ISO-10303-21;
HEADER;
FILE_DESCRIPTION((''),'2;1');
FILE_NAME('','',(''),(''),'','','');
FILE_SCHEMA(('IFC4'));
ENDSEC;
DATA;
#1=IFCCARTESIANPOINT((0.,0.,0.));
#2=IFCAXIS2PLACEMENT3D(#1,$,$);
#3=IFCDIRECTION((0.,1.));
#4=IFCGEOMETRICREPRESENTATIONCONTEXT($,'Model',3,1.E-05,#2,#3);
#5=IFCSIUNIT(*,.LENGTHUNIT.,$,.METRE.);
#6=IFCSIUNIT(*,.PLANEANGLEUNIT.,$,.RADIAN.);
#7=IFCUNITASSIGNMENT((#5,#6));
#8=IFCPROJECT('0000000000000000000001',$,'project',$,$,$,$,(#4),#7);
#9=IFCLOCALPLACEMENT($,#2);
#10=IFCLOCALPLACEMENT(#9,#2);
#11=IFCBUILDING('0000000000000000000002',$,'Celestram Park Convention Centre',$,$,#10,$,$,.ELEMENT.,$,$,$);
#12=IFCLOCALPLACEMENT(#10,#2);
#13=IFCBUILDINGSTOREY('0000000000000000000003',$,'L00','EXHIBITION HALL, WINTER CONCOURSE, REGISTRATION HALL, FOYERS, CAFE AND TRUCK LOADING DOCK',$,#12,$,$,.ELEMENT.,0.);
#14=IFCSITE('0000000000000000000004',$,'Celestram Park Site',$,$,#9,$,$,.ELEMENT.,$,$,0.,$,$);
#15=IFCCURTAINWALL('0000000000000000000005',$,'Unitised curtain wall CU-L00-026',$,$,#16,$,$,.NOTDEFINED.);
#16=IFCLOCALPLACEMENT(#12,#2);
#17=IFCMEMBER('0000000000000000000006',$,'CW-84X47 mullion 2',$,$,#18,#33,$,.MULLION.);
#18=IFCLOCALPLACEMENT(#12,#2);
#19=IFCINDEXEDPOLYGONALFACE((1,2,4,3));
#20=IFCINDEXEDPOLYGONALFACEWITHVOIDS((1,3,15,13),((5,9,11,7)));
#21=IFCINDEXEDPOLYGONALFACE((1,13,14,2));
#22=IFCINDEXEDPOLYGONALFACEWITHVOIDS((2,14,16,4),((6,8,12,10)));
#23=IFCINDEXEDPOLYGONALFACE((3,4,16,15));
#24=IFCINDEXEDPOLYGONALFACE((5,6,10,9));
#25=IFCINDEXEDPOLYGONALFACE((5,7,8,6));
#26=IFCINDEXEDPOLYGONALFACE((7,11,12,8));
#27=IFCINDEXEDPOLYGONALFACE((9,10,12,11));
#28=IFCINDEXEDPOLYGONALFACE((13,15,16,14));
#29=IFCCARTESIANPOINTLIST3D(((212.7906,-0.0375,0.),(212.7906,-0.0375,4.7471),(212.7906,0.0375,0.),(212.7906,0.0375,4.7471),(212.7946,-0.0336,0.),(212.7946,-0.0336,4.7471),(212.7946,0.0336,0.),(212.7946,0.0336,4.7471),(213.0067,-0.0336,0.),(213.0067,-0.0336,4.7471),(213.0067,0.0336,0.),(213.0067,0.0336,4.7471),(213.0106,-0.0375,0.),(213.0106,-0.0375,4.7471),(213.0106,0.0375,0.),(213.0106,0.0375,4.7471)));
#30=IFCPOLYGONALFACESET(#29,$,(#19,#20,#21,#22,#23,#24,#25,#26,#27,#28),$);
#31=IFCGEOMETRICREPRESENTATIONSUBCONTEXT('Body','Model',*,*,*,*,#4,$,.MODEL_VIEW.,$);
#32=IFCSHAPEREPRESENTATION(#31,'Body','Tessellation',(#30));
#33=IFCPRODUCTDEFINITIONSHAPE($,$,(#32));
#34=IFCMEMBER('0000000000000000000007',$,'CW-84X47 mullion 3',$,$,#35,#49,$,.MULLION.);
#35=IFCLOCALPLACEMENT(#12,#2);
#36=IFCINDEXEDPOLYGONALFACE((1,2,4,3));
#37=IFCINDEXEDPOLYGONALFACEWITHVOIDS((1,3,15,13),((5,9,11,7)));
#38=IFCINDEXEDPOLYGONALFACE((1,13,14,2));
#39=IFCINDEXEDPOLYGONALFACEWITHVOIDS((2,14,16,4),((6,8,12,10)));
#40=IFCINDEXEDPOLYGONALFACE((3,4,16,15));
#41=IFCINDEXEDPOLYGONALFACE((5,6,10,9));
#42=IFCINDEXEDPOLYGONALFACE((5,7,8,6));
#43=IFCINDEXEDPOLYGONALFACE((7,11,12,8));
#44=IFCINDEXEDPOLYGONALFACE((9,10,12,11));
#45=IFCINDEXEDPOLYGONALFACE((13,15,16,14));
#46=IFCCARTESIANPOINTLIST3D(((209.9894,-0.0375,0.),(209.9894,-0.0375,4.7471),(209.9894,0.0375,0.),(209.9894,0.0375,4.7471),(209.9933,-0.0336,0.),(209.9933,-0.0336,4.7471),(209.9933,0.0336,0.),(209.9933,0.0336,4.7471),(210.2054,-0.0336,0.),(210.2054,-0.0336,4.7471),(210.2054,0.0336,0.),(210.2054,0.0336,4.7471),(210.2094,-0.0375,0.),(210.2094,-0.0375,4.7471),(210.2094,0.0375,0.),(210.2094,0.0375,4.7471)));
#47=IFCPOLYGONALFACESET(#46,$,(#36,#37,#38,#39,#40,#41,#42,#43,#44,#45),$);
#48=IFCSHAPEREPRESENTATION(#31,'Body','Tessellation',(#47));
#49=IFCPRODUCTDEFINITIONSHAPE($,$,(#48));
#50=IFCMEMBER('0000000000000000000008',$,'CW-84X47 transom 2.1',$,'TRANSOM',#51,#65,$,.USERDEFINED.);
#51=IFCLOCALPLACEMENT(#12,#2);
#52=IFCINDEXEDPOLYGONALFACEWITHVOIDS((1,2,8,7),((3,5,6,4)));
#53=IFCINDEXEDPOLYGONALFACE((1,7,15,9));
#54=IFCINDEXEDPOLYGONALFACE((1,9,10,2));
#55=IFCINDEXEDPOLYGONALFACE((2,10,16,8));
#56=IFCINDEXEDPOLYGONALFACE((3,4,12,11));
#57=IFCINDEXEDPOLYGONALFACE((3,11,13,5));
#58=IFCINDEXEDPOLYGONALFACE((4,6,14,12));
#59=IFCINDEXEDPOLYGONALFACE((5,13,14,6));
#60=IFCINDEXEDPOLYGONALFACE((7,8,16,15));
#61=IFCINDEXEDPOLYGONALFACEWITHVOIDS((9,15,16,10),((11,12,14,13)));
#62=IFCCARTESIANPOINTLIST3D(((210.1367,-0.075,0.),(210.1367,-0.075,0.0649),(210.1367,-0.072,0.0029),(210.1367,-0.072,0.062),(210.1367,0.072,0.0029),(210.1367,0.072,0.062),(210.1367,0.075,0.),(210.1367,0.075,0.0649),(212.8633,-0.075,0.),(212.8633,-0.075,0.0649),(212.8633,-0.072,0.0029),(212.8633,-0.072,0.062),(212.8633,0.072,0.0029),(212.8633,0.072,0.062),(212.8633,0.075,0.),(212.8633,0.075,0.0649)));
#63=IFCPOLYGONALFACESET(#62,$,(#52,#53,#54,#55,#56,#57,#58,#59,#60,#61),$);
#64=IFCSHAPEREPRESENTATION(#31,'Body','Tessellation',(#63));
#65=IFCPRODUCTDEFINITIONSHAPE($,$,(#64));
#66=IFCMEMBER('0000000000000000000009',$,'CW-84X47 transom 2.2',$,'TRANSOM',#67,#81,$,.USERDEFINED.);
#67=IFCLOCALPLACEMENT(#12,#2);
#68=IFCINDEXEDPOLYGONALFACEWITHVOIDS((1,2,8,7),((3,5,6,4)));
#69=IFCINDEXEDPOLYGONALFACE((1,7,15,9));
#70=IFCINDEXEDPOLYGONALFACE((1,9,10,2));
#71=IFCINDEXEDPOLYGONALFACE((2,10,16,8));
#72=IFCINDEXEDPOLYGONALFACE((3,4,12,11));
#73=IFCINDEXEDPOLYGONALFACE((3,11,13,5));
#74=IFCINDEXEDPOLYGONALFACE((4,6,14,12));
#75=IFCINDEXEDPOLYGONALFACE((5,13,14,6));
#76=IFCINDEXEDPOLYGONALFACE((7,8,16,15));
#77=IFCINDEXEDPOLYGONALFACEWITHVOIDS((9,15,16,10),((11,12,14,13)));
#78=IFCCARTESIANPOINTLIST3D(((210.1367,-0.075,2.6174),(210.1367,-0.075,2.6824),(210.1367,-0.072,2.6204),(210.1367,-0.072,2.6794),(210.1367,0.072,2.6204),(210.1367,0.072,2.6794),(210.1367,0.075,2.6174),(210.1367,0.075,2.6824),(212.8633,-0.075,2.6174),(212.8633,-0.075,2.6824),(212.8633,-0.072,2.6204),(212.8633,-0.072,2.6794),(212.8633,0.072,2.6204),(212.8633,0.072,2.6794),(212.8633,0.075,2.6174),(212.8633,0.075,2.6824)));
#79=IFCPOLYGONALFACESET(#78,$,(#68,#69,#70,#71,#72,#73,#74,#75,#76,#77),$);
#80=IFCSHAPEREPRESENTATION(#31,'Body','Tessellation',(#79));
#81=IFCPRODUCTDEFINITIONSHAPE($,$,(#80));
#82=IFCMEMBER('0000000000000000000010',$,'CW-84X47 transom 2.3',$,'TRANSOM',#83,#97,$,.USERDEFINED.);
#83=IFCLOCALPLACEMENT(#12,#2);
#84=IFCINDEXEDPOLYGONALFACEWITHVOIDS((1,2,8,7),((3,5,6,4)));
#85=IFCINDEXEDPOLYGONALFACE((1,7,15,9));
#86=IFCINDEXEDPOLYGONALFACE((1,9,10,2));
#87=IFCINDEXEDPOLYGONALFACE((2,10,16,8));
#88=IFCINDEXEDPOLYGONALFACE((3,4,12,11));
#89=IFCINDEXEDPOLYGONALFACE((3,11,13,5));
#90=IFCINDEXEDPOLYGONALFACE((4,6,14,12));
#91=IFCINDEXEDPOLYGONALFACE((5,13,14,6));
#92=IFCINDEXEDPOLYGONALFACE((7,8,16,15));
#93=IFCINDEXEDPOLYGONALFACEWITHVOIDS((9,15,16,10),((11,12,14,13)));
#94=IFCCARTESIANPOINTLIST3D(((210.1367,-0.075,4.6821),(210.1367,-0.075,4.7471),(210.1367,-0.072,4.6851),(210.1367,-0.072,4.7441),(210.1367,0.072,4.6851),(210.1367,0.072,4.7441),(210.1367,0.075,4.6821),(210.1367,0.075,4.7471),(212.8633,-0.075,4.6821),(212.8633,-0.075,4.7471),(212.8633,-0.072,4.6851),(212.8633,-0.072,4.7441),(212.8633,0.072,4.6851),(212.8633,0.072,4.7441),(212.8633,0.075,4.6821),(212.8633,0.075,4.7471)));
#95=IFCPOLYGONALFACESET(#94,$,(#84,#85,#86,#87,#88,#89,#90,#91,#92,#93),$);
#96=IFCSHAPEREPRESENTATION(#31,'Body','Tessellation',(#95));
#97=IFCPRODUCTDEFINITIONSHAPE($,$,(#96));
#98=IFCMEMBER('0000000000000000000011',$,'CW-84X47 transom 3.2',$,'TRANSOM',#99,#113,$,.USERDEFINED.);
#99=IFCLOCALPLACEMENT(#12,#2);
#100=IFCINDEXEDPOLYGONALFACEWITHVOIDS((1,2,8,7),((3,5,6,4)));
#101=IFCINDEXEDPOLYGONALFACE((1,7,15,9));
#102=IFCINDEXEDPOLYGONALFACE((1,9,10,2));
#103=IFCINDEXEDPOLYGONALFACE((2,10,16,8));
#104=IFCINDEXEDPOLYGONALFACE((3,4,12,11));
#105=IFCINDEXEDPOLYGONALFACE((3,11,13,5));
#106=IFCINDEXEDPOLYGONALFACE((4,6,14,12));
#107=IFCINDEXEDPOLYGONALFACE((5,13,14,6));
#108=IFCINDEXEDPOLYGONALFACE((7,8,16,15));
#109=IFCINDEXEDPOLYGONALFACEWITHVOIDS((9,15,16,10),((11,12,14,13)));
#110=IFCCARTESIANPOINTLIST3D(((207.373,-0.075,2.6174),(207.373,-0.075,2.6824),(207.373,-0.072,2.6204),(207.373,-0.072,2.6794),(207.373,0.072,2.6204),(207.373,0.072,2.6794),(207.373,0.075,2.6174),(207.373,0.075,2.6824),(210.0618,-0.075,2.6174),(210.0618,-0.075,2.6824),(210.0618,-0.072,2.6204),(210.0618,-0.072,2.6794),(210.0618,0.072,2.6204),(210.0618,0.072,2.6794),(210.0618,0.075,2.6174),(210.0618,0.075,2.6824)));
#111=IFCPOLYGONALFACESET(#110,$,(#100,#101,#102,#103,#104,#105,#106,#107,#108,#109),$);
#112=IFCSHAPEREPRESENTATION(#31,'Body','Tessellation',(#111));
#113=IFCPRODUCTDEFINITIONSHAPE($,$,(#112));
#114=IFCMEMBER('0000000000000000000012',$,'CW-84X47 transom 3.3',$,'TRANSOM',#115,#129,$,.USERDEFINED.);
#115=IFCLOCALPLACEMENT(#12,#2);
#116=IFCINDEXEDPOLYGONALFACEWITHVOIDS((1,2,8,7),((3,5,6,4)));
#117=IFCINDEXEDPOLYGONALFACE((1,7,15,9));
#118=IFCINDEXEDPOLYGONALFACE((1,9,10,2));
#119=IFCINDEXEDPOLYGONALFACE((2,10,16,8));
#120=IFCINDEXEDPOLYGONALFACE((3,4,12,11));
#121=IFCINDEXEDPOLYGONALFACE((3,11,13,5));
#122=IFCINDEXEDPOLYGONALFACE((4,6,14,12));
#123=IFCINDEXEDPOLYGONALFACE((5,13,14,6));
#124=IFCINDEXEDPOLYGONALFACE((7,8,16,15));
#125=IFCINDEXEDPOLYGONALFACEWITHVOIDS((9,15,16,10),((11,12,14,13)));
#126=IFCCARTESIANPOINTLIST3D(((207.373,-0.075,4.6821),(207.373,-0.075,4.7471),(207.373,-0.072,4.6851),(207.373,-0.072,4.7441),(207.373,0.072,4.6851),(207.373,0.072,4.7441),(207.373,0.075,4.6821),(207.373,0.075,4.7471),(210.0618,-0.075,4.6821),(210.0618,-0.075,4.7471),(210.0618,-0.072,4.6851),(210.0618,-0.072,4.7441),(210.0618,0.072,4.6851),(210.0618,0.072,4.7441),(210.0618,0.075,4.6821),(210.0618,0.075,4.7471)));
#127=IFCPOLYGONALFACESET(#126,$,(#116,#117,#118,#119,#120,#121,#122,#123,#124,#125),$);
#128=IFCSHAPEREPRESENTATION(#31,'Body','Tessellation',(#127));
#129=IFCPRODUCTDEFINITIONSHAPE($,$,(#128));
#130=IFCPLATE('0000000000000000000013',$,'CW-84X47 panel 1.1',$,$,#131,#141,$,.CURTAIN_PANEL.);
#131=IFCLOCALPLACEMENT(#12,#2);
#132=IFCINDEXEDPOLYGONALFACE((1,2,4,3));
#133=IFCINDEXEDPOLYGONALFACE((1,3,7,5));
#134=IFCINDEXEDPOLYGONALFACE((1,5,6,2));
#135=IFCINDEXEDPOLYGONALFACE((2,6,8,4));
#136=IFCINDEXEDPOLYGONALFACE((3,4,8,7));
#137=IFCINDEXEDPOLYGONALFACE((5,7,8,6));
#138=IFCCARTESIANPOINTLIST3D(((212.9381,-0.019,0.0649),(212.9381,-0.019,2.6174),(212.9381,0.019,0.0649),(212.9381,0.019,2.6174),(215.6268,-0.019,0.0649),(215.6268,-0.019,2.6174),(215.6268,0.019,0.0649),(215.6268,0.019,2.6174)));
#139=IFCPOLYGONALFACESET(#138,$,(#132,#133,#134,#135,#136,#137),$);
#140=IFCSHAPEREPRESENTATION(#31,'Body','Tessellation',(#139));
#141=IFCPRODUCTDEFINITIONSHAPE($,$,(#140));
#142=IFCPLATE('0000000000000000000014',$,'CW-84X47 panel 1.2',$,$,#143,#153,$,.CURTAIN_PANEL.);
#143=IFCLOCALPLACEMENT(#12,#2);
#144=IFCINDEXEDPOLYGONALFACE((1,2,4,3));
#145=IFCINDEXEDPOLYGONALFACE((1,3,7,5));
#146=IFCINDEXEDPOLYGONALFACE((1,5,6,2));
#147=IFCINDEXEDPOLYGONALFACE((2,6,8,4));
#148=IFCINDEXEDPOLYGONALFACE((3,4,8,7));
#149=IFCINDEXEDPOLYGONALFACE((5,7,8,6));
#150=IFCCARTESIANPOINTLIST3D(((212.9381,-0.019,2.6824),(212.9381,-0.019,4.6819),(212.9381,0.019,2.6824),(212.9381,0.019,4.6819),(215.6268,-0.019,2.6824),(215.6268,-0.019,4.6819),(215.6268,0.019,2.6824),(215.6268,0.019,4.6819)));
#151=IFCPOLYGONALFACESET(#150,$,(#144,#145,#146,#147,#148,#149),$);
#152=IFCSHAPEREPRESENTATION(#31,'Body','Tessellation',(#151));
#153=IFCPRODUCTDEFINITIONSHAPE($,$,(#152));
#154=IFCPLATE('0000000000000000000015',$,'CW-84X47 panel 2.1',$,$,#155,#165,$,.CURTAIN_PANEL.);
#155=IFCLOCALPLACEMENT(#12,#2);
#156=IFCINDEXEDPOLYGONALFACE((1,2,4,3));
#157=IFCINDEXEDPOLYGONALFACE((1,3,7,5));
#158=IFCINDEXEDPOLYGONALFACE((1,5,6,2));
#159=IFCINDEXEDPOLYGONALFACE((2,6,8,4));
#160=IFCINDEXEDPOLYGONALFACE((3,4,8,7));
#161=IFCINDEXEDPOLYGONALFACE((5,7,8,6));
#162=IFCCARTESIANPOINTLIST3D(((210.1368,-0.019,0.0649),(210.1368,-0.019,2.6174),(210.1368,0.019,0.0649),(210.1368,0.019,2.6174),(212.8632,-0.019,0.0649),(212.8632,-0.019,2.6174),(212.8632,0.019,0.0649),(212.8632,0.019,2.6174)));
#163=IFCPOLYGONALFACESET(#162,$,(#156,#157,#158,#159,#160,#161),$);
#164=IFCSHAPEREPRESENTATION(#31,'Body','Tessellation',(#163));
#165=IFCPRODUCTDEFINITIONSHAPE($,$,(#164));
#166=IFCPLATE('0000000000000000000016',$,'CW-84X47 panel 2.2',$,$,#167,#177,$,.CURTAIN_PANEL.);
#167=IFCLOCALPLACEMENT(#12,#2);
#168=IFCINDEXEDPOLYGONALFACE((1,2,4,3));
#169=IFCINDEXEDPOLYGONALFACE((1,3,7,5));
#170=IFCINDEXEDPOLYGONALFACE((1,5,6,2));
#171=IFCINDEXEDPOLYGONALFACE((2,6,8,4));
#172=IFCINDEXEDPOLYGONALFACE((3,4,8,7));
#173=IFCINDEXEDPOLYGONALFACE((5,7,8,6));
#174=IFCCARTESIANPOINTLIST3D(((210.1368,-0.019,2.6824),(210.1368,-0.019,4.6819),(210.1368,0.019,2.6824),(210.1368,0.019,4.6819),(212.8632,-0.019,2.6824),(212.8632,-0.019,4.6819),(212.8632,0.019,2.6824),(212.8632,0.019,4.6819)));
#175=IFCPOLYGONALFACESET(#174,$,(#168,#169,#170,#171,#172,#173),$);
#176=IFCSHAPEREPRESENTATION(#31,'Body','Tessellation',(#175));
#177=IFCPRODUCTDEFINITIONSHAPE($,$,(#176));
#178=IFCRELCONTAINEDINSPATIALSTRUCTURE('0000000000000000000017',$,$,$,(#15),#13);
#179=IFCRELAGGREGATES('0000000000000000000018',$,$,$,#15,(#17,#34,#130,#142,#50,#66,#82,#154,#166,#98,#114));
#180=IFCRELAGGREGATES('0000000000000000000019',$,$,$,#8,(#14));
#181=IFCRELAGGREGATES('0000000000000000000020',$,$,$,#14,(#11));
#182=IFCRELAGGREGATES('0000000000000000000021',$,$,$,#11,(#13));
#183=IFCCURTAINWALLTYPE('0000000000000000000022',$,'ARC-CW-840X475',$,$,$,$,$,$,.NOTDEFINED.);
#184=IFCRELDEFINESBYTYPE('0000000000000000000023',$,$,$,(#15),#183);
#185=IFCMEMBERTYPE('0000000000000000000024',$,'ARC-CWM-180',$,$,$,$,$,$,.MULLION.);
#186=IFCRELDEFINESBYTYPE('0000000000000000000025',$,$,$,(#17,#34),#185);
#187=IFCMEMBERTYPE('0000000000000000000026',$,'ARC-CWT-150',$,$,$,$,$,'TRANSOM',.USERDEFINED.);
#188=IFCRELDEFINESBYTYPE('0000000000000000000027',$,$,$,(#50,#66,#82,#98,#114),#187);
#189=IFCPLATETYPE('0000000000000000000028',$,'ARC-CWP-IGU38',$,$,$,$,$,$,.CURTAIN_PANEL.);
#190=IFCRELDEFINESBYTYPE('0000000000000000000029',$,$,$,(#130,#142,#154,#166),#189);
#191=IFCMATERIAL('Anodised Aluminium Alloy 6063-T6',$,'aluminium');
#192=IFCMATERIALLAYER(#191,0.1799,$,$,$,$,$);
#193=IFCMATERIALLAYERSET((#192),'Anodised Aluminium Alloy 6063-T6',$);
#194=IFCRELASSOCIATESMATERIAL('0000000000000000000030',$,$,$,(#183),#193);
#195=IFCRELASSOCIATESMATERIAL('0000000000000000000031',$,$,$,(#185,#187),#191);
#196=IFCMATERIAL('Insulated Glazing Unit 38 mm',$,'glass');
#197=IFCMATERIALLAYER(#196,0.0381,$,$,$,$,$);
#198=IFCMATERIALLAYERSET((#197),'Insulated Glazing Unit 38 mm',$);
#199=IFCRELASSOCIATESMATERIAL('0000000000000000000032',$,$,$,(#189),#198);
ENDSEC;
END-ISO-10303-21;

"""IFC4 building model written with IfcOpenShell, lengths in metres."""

from ifc_helpers import new_model, si_unit, direction, frame, origin, origin_2d, place, context, subcontext, project, spatial, rectangle, hollow_rectangle, extrude, material, layer, layer_set, material_profile, profile_set, type_object, element, aggregate, save


model = new_model("IFC4")

# Units and contexts
model_context = context("Model", 3, precision=1e-05, world=origin(), true_north=direction((0.0, 1.0)))
body_context = subcontext(model_context, "Body", "Model", "MODEL_VIEW")
ifc_project = project(units=[si_unit("LENGTHUNIT", "METRE"), si_unit("PLANEANGLEUNIT", "RADIAN")], contexts=[model_context])

# Site, building, storey
site_placement = place(None, origin())
site = spatial("IfcSite", under=ifc_project, at=site_placement, Name="Celestram Park Site", CompositionType="ELEMENT", RefElevation=0.0)
building_placement = place(site_placement, origin())
building = spatial("IfcBuilding", under=site, at=building_placement, Name="Celestram Park Convention Centre", CompositionType="ELEMENT")
storey_placement = place(building_placement, origin())
storey = spatial("IfcBuildingStorey", under=building, at=storey_placement, Name="L00", Description="EXHIBITION HALL, WINTER CONCOURSE, REGISTRATION HALL, FOYERS, CAFE AND TRUCK LOADING DOCK", CompositionType="ELEMENT", Elevation=0.0)

# Curtain wall, members, plates
ifc_material_1 = material(Name="Anodised Aluminium Alloy 6063-T6", Category="aluminium")
ifc_layer_1 = layer(ifc_material_1, 0.1799)
ifc_layer_set_1 = layer_set([ifc_layer_1], Name="Anodised Aluminium Alloy 6063-T6")
curtain_wall_type = type_object("IfcCurtainWallType", Name="ARC-CW-840X475", PredefinedType="NOTDEFINED", material=ifc_layer_set_1)
curtain_wall_placement = place(storey_placement, origin())
curtain_wall = element("IfcCurtainWall", 1, at=curtain_wall_placement, inside=storey, type_object=curtain_wall_type, Name="Unitised curtain wall CU-L00-026", PredefinedType="NOTDEFINED")
ifc_material_profile_1 = material_profile(ifc_material_1, hollow_rectangle(XDim=0.075, YDim=0.22, WallThickness=0.0039, at=origin_2d()), Name="ALU75X220X4")
ifc_profile_set_1 = profile_set([ifc_material_profile_1], Name="Anodised Aluminium Alloy 6063-T6")
member_type_1 = type_object("IfcMemberType", Name="ARC-CWM-180", PredefinedType="MULLION", material=ifc_profile_set_1)
member_1_placement = place(storey_placement, frame((212.9006, 0.0, 0.0), z_axis=(0.0, 0.0, 1.0), x_axis=(0.0, -1.0, 0.0)))
member_1 = element("IfcMember", 2, at=member_1_placement, type_object=member_type_1, Name="CW-84X47 mullion 2", PredefinedType="MULLION", context=body_context, shape_type="SweptSolid", body=[
    extrude(hollow_rectangle(XDim=0.075, YDim=0.22, WallThickness=0.0039, at=origin_2d()), origin(), (0.0, 0.0, 1.0), 4.7471),
])
member_2_placement = place(storey_placement, frame((210.0994, 0.0, 0.0), z_axis=(0.0, 0.0, 1.0), x_axis=(0.0, -1.0, 0.0)))
member_2 = element("IfcMember", 3, at=member_2_placement, type_object=member_type_1, Name="CW-84X47 mullion 3", PredefinedType="MULLION", context=body_context, shape_type="SweptSolid", body=[
    extrude(hollow_rectangle(XDim=0.075, YDim=0.22, WallThickness=0.0039, at=origin_2d()), origin(), (0.0, 0.0, 1.0), 4.7471),
])
ifc_material_profile_2 = material_profile(ifc_material_1, hollow_rectangle(XDim=0.1499, YDim=0.0649, WallThickness=0.0029, at=origin_2d()), Name="ALU150X65X3")
ifc_profile_set_2 = profile_set([ifc_material_profile_2], Name="Anodised Aluminium Alloy 6063-T6")
member_type_2 = type_object("IfcMemberType", Name="ARC-CWT-150", ElementType="TRANSOM", PredefinedType="USERDEFINED", material=ifc_profile_set_2)
member_3_placement = place(storey_placement, frame((212.8633, 0.0, 0.0325), z_axis=(-1.0, 0.0, 0.0), x_axis=(0.0, -1.0, 0.0)))
member_3 = element("IfcMember", 4, at=member_3_placement, type_object=member_type_2, Name="CW-84X47 transom 2.1", ObjectType="TRANSOM", PredefinedType="USERDEFINED", context=body_context, shape_type="SweptSolid", body=[
    extrude(hollow_rectangle(XDim=0.1499, YDim=0.0649, WallThickness=0.0029, at=origin_2d()), origin(), (0.0, 0.0, 1.0), 2.7266),
])
member_4_placement = place(storey_placement, frame((212.8633, 0.0, 2.6499), z_axis=(-1.0, 0.0, 0.0), x_axis=(0.0, -1.0, 0.0)))
member_4 = element("IfcMember", 5, at=member_4_placement, type_object=member_type_2, Name="CW-84X47 transom 2.2", ObjectType="TRANSOM", PredefinedType="USERDEFINED", context=body_context, shape_type="SweptSolid", body=[
    extrude(hollow_rectangle(XDim=0.1499, YDim=0.0649, WallThickness=0.0029, at=origin_2d()), origin(), (0.0, 0.0, 1.0), 2.7266),
])
member_5_placement = place(storey_placement, frame((212.8633, 0.0, 4.7146), z_axis=(-1.0, 0.0, 0.0), x_axis=(0.0, -1.0, 0.0)))
member_5 = element("IfcMember", 6, at=member_5_placement, type_object=member_type_2, Name="CW-84X47 transom 2.3", ObjectType="TRANSOM", PredefinedType="USERDEFINED", context=body_context, shape_type="SweptSolid", body=[
    extrude(hollow_rectangle(XDim=0.1499, YDim=0.0649, WallThickness=0.0029, at=origin_2d()), origin(), (0.0, 0.0, 1.0), 2.7266),
])
member_6_placement = place(storey_placement, frame((210.0618, 0.0, 2.6499), z_axis=(-1.0, 0.0, 0.0), x_axis=(0.0, -1.0, 0.0)))
member_6 = element("IfcMember", 7, at=member_6_placement, type_object=member_type_2, Name="CW-84X47 transom 3.2", ObjectType="TRANSOM", PredefinedType="USERDEFINED", context=body_context, shape_type="SweptSolid", body=[
    extrude(hollow_rectangle(XDim=0.1499, YDim=0.0649, WallThickness=0.0029, at=origin_2d()), origin(), (0.0, 0.0, 1.0), 2.6887),
])
member_7_placement = place(storey_placement, frame((210.0618, 0.0, 4.7146), z_axis=(-1.0, 0.0, 0.0), x_axis=(0.0, -1.0, 0.0)))
member_7 = element("IfcMember", 8, at=member_7_placement, type_object=member_type_2, Name="CW-84X47 transom 3.3", ObjectType="TRANSOM", PredefinedType="USERDEFINED", context=body_context, shape_type="SweptSolid", body=[
    extrude(hollow_rectangle(XDim=0.1499, YDim=0.0649, WallThickness=0.0029, at=origin_2d()), origin(), (0.0, 0.0, 1.0), 2.6887),
])
ifc_material_2 = material(Name="Insulated Glazing Unit 38 mm", Category="glass")
ifc_layer_2 = layer(ifc_material_2, 0.0381)
ifc_layer_set_2 = layer_set([ifc_layer_2], Name="Insulated Glazing Unit 38 mm")
plate_type = type_object("IfcPlateType", Name="ARC-CWP-IGU38", PredefinedType="CURTAIN_PANEL", material=ifc_layer_set_2)
plate_1_placement = place(storey_placement, frame((214.2825, 0.0, 0.0649), z_axis=(0.0, 0.0, 1.0), x_axis=(-1.0, 0.0, 0.0)))
plate_1 = element("IfcPlate", 9, at=plate_1_placement, type_object=plate_type, Name="CW-84X47 panel 1.1", PredefinedType="CURTAIN_PANEL", context=body_context, shape_type="SweptSolid", body=[
    extrude(rectangle(XDim=2.6887, YDim=0.0381, at=origin_2d()), origin(), (0.0, 0.0, 1.0), 2.5525),
])
plate_2_placement = place(storey_placement, frame((214.2825, 0.0, 2.6824), z_axis=(0.0, 0.0, 1.0), x_axis=(-1.0, 0.0, 0.0)))
plate_2 = element("IfcPlate", 10, at=plate_2_placement, type_object=plate_type, Name="CW-84X47 panel 1.2", PredefinedType="CURTAIN_PANEL", context=body_context, shape_type="SweptSolid", body=[
    extrude(rectangle(XDim=2.6887, YDim=0.0381, at=origin_2d()), origin(), (0.0, 0.0, 1.0), 1.9995),
])
plate_3_placement = place(storey_placement, frame((211.5, 0.0, 0.0649), z_axis=(0.0, 0.0, 1.0), x_axis=(-1.0, 0.0, 0.0)))
plate_3 = element("IfcPlate", 11, at=plate_3_placement, type_object=plate_type, Name="CW-84X47 panel 2.1", PredefinedType="CURTAIN_PANEL", context=body_context, shape_type="SweptSolid", body=[
    extrude(rectangle(XDim=2.7263, YDim=0.0381, at=origin_2d()), origin(), (0.0, 0.0, 1.0), 2.5525),
])
plate_4_placement = place(storey_placement, frame((211.5, 0.0, 2.6824), z_axis=(0.0, 0.0, 1.0), x_axis=(-1.0, 0.0, 0.0)))
plate_4 = element("IfcPlate", 12, at=plate_4_placement, type_object=plate_type, Name="CW-84X47 panel 2.2", PredefinedType="CURTAIN_PANEL", context=body_context, shape_type="SweptSolid", body=[
    extrude(rectangle(XDim=2.7263, YDim=0.0381, at=origin_2d()), origin(), (0.0, 0.0, 1.0), 1.9995),
])
aggregate(curtain_wall, [member_1, member_2, plate_1, plate_2, member_3, member_4, member_5, plate_3, plate_4, member_6, member_7])

save(model, "model.ifc")
